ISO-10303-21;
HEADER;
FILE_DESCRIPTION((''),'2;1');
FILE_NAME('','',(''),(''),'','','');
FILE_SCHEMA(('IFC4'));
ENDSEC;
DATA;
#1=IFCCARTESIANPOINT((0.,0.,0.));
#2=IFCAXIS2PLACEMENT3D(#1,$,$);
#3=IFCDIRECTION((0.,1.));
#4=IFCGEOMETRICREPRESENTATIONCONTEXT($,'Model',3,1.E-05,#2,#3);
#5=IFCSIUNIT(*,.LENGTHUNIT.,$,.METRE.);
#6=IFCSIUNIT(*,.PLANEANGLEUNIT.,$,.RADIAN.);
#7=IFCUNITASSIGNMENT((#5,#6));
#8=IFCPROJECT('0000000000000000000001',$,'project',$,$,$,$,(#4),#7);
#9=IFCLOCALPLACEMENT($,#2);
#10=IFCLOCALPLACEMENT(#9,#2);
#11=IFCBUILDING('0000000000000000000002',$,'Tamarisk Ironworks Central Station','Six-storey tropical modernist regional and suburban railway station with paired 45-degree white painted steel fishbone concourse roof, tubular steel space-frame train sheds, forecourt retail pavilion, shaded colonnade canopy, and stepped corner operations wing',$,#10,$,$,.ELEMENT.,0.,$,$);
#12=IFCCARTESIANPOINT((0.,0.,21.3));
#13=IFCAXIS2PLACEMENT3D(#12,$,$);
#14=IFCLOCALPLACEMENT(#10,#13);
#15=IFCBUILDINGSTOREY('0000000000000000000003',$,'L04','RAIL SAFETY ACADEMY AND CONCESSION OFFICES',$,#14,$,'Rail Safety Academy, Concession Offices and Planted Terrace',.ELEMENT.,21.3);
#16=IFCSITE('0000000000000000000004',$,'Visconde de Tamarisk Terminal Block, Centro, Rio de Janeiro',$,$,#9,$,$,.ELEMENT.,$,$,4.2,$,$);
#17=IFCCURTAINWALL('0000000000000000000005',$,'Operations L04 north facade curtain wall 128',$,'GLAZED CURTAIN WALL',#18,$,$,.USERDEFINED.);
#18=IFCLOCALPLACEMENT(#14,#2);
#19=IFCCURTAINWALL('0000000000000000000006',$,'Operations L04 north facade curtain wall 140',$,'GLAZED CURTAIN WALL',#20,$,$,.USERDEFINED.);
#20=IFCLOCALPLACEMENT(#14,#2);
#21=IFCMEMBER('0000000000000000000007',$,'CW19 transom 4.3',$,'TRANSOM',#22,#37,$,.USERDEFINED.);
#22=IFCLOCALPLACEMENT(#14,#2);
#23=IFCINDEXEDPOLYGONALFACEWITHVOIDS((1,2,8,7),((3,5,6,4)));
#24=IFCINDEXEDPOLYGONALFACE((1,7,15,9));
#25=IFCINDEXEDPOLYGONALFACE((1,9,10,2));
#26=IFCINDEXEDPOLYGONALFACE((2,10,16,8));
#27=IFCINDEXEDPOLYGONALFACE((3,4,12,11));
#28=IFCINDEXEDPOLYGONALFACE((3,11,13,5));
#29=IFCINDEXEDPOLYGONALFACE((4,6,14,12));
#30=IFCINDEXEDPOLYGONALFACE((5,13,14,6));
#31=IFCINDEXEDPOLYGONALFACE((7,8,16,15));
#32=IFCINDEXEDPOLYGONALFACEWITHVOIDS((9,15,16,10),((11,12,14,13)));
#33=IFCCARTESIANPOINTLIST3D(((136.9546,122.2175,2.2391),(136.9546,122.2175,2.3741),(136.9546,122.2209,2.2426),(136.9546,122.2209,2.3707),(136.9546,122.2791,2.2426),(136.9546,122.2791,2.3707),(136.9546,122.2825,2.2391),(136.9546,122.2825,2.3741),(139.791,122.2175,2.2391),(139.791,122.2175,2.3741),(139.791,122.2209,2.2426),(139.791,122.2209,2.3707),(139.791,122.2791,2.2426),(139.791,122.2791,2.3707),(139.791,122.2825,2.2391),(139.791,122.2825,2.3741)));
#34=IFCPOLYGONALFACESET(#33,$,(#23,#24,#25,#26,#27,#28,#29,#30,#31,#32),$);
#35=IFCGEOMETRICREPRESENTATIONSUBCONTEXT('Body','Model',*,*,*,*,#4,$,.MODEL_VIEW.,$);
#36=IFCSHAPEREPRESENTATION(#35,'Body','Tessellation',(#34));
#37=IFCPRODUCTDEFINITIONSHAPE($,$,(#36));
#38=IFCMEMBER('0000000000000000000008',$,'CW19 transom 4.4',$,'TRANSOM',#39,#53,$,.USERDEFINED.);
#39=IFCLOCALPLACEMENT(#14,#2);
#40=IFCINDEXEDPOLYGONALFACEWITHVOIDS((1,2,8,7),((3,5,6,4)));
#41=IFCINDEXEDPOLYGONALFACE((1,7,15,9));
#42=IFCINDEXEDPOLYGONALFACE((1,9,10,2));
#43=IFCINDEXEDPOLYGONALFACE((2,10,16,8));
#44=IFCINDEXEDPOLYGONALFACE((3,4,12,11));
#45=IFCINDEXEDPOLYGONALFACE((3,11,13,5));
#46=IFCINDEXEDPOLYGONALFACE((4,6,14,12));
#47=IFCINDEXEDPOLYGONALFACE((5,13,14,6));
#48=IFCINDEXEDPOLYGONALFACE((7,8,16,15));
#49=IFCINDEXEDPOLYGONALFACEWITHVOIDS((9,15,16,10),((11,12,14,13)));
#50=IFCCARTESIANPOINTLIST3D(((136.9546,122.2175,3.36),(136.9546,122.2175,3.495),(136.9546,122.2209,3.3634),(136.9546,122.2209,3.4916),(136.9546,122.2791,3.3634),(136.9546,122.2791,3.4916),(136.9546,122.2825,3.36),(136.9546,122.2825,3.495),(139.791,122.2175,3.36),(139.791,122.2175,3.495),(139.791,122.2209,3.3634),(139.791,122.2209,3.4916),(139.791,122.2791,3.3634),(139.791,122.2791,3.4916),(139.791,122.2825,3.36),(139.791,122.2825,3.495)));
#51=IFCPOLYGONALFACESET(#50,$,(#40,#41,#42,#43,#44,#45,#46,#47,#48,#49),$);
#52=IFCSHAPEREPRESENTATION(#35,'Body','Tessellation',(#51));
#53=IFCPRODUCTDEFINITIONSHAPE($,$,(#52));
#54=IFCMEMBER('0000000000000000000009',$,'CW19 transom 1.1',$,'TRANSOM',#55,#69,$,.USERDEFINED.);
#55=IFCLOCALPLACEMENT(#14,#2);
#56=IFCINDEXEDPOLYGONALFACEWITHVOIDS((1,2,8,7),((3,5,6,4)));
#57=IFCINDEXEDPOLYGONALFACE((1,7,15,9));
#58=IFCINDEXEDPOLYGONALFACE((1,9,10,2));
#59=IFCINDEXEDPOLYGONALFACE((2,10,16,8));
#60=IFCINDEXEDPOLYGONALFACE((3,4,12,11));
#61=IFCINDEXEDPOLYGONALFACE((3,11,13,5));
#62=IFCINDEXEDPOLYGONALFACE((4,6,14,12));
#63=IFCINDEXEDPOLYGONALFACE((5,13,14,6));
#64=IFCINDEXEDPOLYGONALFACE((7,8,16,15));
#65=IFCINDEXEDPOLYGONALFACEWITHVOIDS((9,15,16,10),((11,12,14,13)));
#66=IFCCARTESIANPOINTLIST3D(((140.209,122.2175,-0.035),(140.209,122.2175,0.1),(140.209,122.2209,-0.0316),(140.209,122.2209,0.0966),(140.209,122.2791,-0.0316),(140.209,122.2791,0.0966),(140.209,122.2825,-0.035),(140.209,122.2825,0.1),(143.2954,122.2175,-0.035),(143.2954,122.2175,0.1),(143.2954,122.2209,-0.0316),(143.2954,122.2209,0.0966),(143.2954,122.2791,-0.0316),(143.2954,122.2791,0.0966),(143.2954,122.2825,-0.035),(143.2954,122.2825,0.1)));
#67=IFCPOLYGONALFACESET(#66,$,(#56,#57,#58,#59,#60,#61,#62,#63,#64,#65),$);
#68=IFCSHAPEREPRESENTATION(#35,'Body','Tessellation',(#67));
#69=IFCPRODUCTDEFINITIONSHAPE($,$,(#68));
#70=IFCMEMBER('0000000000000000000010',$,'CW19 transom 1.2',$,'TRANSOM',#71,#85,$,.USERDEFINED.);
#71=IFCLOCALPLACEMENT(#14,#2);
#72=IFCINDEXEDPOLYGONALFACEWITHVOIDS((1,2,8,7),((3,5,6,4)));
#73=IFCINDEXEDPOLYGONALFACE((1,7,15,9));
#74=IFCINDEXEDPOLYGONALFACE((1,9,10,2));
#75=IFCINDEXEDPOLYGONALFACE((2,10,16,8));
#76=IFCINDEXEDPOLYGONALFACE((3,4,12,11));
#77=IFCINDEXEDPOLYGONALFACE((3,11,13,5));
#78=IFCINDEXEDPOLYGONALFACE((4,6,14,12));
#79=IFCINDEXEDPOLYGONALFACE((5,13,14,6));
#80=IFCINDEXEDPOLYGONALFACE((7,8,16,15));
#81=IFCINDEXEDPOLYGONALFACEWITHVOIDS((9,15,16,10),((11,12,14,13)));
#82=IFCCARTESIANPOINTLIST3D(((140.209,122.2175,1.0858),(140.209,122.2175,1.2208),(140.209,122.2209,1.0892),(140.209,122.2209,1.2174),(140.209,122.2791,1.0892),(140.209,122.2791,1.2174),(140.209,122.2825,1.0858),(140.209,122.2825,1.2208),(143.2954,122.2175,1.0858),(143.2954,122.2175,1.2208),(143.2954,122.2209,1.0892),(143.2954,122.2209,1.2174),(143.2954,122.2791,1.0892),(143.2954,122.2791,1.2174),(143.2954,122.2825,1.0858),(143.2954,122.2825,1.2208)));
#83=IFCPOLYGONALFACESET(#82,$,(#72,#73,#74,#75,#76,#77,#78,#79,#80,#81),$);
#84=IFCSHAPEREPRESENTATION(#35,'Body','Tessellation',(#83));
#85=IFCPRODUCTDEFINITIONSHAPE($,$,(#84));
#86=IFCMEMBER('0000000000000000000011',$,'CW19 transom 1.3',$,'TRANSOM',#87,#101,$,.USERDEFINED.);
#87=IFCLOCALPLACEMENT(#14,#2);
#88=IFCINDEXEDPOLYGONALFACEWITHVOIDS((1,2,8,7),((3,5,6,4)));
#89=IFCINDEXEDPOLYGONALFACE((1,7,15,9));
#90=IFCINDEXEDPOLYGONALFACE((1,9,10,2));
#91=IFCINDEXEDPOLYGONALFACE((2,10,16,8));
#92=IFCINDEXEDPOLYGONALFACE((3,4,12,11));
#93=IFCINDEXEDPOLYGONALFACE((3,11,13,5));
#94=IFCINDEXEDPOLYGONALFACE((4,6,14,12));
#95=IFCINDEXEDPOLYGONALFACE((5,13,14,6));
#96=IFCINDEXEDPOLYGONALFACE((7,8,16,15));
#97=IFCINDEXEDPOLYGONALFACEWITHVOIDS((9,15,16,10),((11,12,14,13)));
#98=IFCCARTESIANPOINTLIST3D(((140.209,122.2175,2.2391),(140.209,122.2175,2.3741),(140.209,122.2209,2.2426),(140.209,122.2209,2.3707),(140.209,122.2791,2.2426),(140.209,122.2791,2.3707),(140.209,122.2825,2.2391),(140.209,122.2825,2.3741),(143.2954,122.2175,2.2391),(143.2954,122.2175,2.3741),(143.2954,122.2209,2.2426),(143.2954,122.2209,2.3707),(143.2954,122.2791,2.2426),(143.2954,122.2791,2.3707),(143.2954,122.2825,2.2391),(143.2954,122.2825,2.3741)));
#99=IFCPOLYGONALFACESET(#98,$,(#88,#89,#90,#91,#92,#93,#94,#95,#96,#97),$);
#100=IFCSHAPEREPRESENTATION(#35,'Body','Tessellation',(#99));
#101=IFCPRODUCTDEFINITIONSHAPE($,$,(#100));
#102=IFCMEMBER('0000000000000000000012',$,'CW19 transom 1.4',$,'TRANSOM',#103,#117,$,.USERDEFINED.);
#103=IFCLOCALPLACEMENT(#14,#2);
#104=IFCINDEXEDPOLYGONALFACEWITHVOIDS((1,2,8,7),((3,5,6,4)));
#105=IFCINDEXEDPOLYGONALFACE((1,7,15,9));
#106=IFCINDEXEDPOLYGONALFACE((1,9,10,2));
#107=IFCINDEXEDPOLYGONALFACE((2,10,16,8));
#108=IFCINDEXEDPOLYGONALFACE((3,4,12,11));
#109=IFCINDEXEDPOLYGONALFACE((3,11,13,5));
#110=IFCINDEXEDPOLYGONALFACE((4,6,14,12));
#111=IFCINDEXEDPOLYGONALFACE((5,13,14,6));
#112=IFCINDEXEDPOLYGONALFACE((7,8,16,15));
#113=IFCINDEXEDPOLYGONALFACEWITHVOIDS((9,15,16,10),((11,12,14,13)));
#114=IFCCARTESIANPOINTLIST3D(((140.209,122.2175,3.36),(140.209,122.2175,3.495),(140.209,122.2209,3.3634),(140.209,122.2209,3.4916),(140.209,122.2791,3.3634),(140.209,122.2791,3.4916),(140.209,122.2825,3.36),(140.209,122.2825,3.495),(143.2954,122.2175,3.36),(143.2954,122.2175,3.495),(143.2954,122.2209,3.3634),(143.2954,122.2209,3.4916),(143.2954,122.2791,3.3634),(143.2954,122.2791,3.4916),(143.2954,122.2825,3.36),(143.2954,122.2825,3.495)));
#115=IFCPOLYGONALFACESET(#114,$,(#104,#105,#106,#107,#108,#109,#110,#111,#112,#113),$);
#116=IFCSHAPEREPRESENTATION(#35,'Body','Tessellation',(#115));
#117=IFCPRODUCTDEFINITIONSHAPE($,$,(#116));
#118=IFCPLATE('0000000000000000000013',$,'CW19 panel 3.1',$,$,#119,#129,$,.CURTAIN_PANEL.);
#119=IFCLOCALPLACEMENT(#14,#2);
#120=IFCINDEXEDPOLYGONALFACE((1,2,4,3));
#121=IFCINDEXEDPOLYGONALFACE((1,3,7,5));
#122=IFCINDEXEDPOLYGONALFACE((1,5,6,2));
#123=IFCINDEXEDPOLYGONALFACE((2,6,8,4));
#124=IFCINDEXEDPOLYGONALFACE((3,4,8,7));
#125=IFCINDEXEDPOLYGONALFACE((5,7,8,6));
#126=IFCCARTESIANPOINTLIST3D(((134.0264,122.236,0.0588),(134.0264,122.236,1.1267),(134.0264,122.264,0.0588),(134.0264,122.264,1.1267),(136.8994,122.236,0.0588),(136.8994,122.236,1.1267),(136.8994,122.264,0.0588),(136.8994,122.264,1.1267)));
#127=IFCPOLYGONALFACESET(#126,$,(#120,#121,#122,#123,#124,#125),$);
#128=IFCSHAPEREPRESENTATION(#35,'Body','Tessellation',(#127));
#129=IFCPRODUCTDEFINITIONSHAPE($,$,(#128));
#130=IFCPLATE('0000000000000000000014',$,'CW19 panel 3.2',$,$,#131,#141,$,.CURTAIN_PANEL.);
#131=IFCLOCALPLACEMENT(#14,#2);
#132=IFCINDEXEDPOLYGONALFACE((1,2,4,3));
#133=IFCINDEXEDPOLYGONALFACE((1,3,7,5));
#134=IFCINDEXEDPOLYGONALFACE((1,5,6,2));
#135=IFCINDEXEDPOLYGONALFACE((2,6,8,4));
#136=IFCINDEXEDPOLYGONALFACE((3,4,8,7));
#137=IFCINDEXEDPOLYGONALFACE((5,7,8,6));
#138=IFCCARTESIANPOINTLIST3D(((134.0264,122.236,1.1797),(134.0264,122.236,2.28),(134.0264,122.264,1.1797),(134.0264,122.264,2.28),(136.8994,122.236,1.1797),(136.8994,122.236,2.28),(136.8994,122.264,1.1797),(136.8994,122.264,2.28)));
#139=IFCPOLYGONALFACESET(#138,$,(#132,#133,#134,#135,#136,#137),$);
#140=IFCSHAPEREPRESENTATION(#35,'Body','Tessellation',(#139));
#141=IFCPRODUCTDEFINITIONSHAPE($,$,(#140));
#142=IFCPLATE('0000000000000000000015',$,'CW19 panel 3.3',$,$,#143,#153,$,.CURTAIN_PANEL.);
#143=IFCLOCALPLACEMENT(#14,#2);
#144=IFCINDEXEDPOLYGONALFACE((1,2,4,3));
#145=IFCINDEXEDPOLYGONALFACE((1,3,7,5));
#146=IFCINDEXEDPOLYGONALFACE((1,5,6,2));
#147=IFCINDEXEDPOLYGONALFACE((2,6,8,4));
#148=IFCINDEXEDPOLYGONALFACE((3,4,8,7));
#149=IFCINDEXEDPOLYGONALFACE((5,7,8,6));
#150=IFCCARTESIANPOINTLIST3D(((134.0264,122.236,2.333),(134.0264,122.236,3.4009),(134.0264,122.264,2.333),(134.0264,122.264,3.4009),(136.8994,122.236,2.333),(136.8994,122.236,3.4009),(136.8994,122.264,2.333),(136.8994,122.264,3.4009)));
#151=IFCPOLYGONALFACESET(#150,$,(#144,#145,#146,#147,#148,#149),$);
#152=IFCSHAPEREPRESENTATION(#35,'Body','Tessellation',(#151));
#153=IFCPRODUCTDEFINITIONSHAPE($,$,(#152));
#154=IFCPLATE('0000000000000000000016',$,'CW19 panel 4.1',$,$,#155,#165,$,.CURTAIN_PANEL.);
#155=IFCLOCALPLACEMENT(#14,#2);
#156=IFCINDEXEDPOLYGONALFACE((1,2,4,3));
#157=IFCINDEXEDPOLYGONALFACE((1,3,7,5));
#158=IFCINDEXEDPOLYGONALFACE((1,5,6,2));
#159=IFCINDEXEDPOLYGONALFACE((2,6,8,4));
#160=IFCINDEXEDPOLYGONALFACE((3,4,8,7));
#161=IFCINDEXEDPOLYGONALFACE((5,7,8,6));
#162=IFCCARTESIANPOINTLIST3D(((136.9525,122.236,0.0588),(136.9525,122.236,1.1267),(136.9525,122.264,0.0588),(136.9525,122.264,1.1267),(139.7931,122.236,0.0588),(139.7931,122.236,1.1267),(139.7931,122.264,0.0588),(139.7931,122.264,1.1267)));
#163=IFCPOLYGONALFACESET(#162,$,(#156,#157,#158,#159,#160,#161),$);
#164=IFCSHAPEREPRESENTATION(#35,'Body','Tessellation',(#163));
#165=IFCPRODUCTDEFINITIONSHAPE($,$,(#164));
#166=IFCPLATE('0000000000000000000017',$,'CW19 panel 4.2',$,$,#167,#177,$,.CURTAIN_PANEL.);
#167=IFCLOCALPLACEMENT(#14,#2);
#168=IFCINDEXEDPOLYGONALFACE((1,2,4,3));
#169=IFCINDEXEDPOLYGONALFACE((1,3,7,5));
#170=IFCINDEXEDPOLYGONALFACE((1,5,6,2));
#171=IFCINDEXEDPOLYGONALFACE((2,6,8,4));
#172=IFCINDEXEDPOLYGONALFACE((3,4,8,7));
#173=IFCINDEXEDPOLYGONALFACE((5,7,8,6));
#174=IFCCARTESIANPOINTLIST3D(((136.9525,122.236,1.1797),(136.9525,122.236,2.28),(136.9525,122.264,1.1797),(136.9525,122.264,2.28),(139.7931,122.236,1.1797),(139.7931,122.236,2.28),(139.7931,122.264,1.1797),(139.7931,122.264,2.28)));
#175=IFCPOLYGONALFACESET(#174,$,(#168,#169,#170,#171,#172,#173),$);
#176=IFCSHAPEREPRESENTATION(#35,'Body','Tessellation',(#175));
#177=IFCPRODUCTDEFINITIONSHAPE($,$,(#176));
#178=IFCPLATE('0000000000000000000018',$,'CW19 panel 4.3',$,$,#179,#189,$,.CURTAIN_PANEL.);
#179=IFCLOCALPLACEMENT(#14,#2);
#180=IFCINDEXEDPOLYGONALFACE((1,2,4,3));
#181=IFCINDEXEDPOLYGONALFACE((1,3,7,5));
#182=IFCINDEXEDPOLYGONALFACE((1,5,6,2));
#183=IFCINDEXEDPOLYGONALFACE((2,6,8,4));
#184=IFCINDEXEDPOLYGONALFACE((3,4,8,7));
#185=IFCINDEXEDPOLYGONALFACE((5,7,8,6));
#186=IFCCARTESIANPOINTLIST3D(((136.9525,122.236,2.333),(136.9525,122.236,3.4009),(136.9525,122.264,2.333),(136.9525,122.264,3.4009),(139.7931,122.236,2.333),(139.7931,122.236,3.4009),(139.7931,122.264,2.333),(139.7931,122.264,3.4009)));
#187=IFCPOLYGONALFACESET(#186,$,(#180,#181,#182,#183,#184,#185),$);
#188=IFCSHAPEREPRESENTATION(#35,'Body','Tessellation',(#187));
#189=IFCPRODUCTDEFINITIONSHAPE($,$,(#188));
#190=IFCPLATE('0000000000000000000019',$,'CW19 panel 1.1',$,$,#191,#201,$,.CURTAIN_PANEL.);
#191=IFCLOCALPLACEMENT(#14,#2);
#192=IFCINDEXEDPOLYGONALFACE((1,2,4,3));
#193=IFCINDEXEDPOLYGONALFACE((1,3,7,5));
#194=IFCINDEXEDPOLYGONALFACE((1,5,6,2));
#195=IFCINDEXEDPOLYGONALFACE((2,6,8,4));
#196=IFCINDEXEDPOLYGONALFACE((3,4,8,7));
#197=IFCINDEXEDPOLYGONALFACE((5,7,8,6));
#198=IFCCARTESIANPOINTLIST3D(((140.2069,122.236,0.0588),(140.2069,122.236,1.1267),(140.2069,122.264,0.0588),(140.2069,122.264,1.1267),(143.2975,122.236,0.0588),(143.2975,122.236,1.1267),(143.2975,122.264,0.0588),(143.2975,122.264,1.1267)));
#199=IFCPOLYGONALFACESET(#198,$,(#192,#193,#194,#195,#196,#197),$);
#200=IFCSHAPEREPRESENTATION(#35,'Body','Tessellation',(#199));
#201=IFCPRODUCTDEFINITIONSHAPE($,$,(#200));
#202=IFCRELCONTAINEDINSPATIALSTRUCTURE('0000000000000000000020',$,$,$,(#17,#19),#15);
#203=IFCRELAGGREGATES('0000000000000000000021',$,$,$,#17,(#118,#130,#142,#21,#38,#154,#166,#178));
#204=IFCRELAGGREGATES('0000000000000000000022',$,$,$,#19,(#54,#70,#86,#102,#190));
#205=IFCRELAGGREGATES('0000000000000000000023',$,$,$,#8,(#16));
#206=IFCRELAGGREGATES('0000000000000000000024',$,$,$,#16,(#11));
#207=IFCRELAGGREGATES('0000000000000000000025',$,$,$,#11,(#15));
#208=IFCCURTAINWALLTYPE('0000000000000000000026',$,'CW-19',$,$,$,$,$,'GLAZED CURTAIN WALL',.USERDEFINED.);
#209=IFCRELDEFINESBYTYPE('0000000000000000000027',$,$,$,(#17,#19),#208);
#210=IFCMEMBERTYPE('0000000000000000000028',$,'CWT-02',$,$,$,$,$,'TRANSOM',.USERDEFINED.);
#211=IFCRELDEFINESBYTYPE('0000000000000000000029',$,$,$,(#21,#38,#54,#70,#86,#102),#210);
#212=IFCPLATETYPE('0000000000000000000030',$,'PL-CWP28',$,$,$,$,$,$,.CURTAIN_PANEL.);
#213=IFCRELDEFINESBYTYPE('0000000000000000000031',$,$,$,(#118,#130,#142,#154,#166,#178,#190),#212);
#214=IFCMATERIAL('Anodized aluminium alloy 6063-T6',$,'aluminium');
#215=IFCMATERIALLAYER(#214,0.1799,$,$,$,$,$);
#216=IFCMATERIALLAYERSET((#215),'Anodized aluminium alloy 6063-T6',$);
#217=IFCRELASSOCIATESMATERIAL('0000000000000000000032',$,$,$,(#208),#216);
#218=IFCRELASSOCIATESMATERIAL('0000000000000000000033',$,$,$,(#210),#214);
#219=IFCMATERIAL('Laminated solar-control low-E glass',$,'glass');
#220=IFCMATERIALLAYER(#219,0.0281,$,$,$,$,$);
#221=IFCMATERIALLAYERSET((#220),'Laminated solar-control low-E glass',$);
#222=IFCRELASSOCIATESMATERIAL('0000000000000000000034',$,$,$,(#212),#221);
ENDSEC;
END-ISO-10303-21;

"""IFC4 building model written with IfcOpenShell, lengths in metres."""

from ifc_helpers import new_model, si_unit, direction, frame, origin, origin_2d, place, context, subcontext, project, spatial, rectangle, hollow_rectangle, extrude, material, layer, layer_set, material_profile, profile_set, type_object, element, aggregate, save


model = new_model("IFC4")

# Units and contexts
model_context = context("Model", 3, precision=1e-05, world=origin(), true_north=direction((0.0, 1.0)))
body_context = subcontext(model_context, "Body", "Model", "MODEL_VIEW")
ifc_project = project(units=[si_unit("LENGTHUNIT", "METRE"), si_unit("PLANEANGLEUNIT", "RADIAN")], contexts=[model_context])

# Site, building, storey
site_placement = place(None, origin())
site = spatial("IfcSite", under=ifc_project, at=site_placement, Name="Visconde de Tamarisk Terminal Block, Centro, Rio de Janeiro", CompositionType="ELEMENT", RefElevation=4.2)
building_placement = place(site_placement, origin())
building = spatial("IfcBuilding", under=site, at=building_placement, Name="Tamarisk Ironworks Central Station", Description="Six-storey tropical modernist regional and suburban railway station with paired 45-degree white painted steel fishbone concourse roof, tubular steel space-frame train sheds, forecourt retail pavilion, shaded colonnade canopy, and stepped corner operations wing", CompositionType="ELEMENT", ElevationOfRefHeight=0.0)
storey_placement = place(building_placement, frame((0.0, 0.0, 21.3)))
storey = spatial("IfcBuildingStorey", under=building, at=storey_placement, Name="L04", Description="RAIL SAFETY ACADEMY AND CONCESSION OFFICES", LongName="Rail Safety Academy, Concession Offices and Planted Terrace", CompositionType="ELEMENT", Elevation=21.3)

# Curtain walls
ifc_material_1 = material(Name="Anodized aluminium alloy 6063-T6", Category="aluminium")
ifc_layer_1 = layer(ifc_material_1, 0.1799)
ifc_layer_set_1 = layer_set([ifc_layer_1], Name="Anodized aluminium alloy 6063-T6")
curtain_wall_type = type_object("IfcCurtainWallType", Name="CW-19", ElementType="GLAZED CURTAIN WALL", PredefinedType="USERDEFINED", material=ifc_layer_set_1)
curtain_wall_1_placement = place(storey_placement, origin())
curtain_wall_1 = element("IfcCurtainWall", 1, at=curtain_wall_1_placement, inside=storey, type_object=curtain_wall_type, Name="Operations L04 north facade curtain wall 128", ObjectType="GLAZED CURTAIN WALL", PredefinedType="USERDEFINED")
curtain_wall_2_placement = place(storey_placement, origin())
curtain_wall_2 = element("IfcCurtainWall", 2, at=curtain_wall_2_placement, inside=storey, type_object=curtain_wall_type, Name="Operations L04 north facade curtain wall 140", ObjectType="GLAZED CURTAIN WALL", PredefinedType="USERDEFINED")

# Members
ifc_material_profile_1 = material_profile(ifc_material_1, hollow_rectangle(XDim=0.0649, YDim=0.135, WallThickness=0.0034, at=origin_2d()), Name="ALUM 135x65")
ifc_profile_set_1 = profile_set([ifc_material_profile_1], Name="Anodized aluminium alloy 6063-T6")
member_type_1 = type_object("IfcMemberType", Name="CWT-02", ElementType="TRANSOM", PredefinedType="USERDEFINED", material=ifc_profile_set_1)
member_1_placement = place(storey_placement, frame((136.9546, 122.25, 2.3066), z_axis=(1.0, 0.0, 0.0), x_axis=(0.0, 1.0, 0.0)))
member_1 = element("IfcMember", 3, at=member_1_placement, type_object=member_type_1, Name="CW19 transom 4.3", ObjectType="TRANSOM", PredefinedType="USERDEFINED", context=body_context, shape_type="SweptSolid", body=[
    extrude(hollow_rectangle(XDim=0.0649, YDim=0.135, WallThickness=0.0034, at=origin_2d()), origin(), (0.0, 0.0, 1.0), 2.8364),
])
member_2_placement = place(storey_placement, frame((136.9546, 122.25, 3.4275), z_axis=(1.0, 0.0, 0.0), x_axis=(0.0, 1.0, 0.0)))
member_2 = element("IfcMember", 4, at=member_2_placement, type_object=member_type_1, Name="CW19 transom 4.4", ObjectType="TRANSOM", PredefinedType="USERDEFINED", context=body_context, shape_type="SweptSolid", body=[
    extrude(hollow_rectangle(XDim=0.0649, YDim=0.135, WallThickness=0.0034, at=origin_2d()), origin(), (0.0, 0.0, 1.0), 2.8364),
])
member_3_placement = place(storey_placement, frame((140.209, 122.25, 0.0325), z_axis=(1.0, 0.0, 0.0), x_axis=(0.0, 1.0, 0.0)))
member_3 = element("IfcMember", 5, at=member_3_placement, type_object=member_type_1, Name="CW19 transom 1.1", ObjectType="TRANSOM", PredefinedType="USERDEFINED", context=body_context, shape_type="SweptSolid", body=[
    extrude(hollow_rectangle(XDim=0.0649, YDim=0.135, WallThickness=0.0034, at=origin_2d()), origin(), (0.0, 0.0, 1.0), 3.0864),
])
member_4_placement = place(storey_placement, frame((140.209, 122.25, 1.1533), z_axis=(1.0, 0.0, 0.0), x_axis=(0.0, 1.0, 0.0)))
member_4 = element("IfcMember", 6, at=member_4_placement, type_object=member_type_1, Name="CW19 transom 1.2", ObjectType="TRANSOM", PredefinedType="USERDEFINED", context=body_context, shape_type="SweptSolid", body=[
    extrude(hollow_rectangle(XDim=0.0649, YDim=0.135, WallThickness=0.0034, at=origin_2d()), origin(), (0.0, 0.0, 1.0), 3.0864),
])
member_5_placement = place(storey_placement, frame((140.209, 122.25, 2.3066), z_axis=(1.0, 0.0, 0.0), x_axis=(0.0, 1.0, 0.0)))
member_5 = element("IfcMember", 7, at=member_5_placement, type_object=member_type_1, Name="CW19 transom 1.3", ObjectType="TRANSOM", PredefinedType="USERDEFINED", context=body_context, shape_type="SweptSolid", body=[
    extrude(hollow_rectangle(XDim=0.0649, YDim=0.135, WallThickness=0.0034, at=origin_2d()), origin(), (0.0, 0.0, 1.0), 3.0864),
])
member_6_placement = place(storey_placement, frame((140.209, 122.25, 3.4275), z_axis=(1.0, 0.0, 0.0), x_axis=(0.0, 1.0, 0.0)))
member_6 = element("IfcMember", 8, at=member_6_placement, type_object=member_type_1, Name="CW19 transom 1.4", ObjectType="TRANSOM", PredefinedType="USERDEFINED", context=body_context, shape_type="SweptSolid", body=[
    extrude(hollow_rectangle(XDim=0.0649, YDim=0.135, WallThickness=0.0034, at=origin_2d()), origin(), (0.0, 0.0, 1.0), 3.0864),
])

# Plates
ifc_material_2 = material(Name="Laminated solar-control low-E glass", Category="glass")
ifc_layer_2 = layer(ifc_material_2, 0.0281)
ifc_layer_set_2 = layer_set([ifc_layer_2], Name="Laminated solar-control low-E glass")
plate_type = type_object("IfcPlateType", Name="PL-CWP28", PredefinedType="CURTAIN_PANEL", material=ifc_layer_set_2)
plate_1_placement = place(storey_placement, frame((135.4629, 122.25, 0.0588), z_axis=(0.0, 0.0, 1.0), x_axis=(1.0, 0.0, 0.0)))
plate_1 = element("IfcPlate", 9, at=plate_1_placement, type_object=plate_type, Name="CW19 panel 3.1", PredefinedType="CURTAIN_PANEL", context=body_context, shape_type="SweptSolid", body=[
    extrude(rectangle(XDim=2.873, YDim=0.0281, at=origin_2d()), origin(), (0.0, 0.0, 1.0), 1.0679),
])
plate_2_placement = place(storey_placement, frame((135.4629, 122.25, 1.1797), z_axis=(0.0, 0.0, 1.0), x_axis=(1.0, 0.0, 0.0)))
plate_2 = element("IfcPlate", 10, at=plate_2_placement, type_object=plate_type, Name="CW19 panel 3.2", PredefinedType="CURTAIN_PANEL", context=body_context, shape_type="SweptSolid", body=[
    extrude(rectangle(XDim=2.873, YDim=0.0281, at=origin_2d()), origin(), (0.0, 0.0, 1.0), 1.1003),
])
plate_3_placement = place(storey_placement, frame((135.4629, 122.25, 2.333), z_axis=(0.0, 0.0, 1.0), x_axis=(1.0, 0.0, 0.0)))
plate_3 = element("IfcPlate", 11, at=plate_3_placement, type_object=plate_type, Name="CW19 panel 3.3", PredefinedType="CURTAIN_PANEL", context=body_context, shape_type="SweptSolid", body=[
    extrude(rectangle(XDim=2.873, YDim=0.0281, at=origin_2d()), origin(), (0.0, 0.0, 1.0), 1.0679),
])
plate_4_placement = place(storey_placement, frame((138.3728, 122.25, 0.0588), z_axis=(0.0, 0.0, 1.0), x_axis=(1.0, 0.0, 0.0)))
plate_4 = element("IfcPlate", 12, at=plate_4_placement, type_object=plate_type, Name="CW19 panel 4.1", PredefinedType="CURTAIN_PANEL", context=body_context, shape_type="SweptSolid", body=[
    extrude(rectangle(XDim=2.8406, YDim=0.0281, at=origin_2d()), origin(), (0.0, 0.0, 1.0), 1.0679),
])
plate_5_placement = place(storey_placement, frame((138.3728, 122.25, 1.1797), z_axis=(0.0, 0.0, 1.0), x_axis=(1.0, 0.0, 0.0)))
plate_5 = element("IfcPlate", 13, at=plate_5_placement, type_object=plate_type, Name="CW19 panel 4.2", PredefinedType="CURTAIN_PANEL", context=body_context, shape_type="SweptSolid", body=[
    extrude(rectangle(XDim=2.8406, YDim=0.0281, at=origin_2d()), origin(), (0.0, 0.0, 1.0), 1.1003),
])
plate_6_placement = place(storey_placement, frame((138.3728, 122.25, 2.333), z_axis=(0.0, 0.0, 1.0), x_axis=(1.0, 0.0, 0.0)))
plate_6 = element("IfcPlate", 14, at=plate_6_placement, type_object=plate_type, Name="CW19 panel 4.3", PredefinedType="CURTAIN_PANEL", context=body_context, shape_type="SweptSolid", body=[
    extrude(rectangle(XDim=2.8406, YDim=0.0281, at=origin_2d()), origin(), (0.0, 0.0, 1.0), 1.0679),
])
aggregate(curtain_wall_1, [plate_1, plate_2, plate_3, member_1, member_2, plate_4, plate_5, plate_6])
plate_7_placement = place(storey_placement, frame((141.7522, 122.25, 0.0588), z_axis=(0.0, 0.0, 1.0), x_axis=(1.0, 0.0, 0.0)))
plate_7 = element("IfcPlate", 15, at=plate_7_placement, type_object=plate_type, Name="CW19 panel 1.1", PredefinedType="CURTAIN_PANEL", context=body_context, shape_type="SweptSolid", body=[
    extrude(rectangle(XDim=3.0906, YDim=0.0281, at=origin_2d()), origin(), (0.0, 0.0, 1.0), 1.0679),
])
aggregate(curtain_wall_2, [member_3, member_4, member_5, member_6, plate_7])

save(model, "model.ifc")
